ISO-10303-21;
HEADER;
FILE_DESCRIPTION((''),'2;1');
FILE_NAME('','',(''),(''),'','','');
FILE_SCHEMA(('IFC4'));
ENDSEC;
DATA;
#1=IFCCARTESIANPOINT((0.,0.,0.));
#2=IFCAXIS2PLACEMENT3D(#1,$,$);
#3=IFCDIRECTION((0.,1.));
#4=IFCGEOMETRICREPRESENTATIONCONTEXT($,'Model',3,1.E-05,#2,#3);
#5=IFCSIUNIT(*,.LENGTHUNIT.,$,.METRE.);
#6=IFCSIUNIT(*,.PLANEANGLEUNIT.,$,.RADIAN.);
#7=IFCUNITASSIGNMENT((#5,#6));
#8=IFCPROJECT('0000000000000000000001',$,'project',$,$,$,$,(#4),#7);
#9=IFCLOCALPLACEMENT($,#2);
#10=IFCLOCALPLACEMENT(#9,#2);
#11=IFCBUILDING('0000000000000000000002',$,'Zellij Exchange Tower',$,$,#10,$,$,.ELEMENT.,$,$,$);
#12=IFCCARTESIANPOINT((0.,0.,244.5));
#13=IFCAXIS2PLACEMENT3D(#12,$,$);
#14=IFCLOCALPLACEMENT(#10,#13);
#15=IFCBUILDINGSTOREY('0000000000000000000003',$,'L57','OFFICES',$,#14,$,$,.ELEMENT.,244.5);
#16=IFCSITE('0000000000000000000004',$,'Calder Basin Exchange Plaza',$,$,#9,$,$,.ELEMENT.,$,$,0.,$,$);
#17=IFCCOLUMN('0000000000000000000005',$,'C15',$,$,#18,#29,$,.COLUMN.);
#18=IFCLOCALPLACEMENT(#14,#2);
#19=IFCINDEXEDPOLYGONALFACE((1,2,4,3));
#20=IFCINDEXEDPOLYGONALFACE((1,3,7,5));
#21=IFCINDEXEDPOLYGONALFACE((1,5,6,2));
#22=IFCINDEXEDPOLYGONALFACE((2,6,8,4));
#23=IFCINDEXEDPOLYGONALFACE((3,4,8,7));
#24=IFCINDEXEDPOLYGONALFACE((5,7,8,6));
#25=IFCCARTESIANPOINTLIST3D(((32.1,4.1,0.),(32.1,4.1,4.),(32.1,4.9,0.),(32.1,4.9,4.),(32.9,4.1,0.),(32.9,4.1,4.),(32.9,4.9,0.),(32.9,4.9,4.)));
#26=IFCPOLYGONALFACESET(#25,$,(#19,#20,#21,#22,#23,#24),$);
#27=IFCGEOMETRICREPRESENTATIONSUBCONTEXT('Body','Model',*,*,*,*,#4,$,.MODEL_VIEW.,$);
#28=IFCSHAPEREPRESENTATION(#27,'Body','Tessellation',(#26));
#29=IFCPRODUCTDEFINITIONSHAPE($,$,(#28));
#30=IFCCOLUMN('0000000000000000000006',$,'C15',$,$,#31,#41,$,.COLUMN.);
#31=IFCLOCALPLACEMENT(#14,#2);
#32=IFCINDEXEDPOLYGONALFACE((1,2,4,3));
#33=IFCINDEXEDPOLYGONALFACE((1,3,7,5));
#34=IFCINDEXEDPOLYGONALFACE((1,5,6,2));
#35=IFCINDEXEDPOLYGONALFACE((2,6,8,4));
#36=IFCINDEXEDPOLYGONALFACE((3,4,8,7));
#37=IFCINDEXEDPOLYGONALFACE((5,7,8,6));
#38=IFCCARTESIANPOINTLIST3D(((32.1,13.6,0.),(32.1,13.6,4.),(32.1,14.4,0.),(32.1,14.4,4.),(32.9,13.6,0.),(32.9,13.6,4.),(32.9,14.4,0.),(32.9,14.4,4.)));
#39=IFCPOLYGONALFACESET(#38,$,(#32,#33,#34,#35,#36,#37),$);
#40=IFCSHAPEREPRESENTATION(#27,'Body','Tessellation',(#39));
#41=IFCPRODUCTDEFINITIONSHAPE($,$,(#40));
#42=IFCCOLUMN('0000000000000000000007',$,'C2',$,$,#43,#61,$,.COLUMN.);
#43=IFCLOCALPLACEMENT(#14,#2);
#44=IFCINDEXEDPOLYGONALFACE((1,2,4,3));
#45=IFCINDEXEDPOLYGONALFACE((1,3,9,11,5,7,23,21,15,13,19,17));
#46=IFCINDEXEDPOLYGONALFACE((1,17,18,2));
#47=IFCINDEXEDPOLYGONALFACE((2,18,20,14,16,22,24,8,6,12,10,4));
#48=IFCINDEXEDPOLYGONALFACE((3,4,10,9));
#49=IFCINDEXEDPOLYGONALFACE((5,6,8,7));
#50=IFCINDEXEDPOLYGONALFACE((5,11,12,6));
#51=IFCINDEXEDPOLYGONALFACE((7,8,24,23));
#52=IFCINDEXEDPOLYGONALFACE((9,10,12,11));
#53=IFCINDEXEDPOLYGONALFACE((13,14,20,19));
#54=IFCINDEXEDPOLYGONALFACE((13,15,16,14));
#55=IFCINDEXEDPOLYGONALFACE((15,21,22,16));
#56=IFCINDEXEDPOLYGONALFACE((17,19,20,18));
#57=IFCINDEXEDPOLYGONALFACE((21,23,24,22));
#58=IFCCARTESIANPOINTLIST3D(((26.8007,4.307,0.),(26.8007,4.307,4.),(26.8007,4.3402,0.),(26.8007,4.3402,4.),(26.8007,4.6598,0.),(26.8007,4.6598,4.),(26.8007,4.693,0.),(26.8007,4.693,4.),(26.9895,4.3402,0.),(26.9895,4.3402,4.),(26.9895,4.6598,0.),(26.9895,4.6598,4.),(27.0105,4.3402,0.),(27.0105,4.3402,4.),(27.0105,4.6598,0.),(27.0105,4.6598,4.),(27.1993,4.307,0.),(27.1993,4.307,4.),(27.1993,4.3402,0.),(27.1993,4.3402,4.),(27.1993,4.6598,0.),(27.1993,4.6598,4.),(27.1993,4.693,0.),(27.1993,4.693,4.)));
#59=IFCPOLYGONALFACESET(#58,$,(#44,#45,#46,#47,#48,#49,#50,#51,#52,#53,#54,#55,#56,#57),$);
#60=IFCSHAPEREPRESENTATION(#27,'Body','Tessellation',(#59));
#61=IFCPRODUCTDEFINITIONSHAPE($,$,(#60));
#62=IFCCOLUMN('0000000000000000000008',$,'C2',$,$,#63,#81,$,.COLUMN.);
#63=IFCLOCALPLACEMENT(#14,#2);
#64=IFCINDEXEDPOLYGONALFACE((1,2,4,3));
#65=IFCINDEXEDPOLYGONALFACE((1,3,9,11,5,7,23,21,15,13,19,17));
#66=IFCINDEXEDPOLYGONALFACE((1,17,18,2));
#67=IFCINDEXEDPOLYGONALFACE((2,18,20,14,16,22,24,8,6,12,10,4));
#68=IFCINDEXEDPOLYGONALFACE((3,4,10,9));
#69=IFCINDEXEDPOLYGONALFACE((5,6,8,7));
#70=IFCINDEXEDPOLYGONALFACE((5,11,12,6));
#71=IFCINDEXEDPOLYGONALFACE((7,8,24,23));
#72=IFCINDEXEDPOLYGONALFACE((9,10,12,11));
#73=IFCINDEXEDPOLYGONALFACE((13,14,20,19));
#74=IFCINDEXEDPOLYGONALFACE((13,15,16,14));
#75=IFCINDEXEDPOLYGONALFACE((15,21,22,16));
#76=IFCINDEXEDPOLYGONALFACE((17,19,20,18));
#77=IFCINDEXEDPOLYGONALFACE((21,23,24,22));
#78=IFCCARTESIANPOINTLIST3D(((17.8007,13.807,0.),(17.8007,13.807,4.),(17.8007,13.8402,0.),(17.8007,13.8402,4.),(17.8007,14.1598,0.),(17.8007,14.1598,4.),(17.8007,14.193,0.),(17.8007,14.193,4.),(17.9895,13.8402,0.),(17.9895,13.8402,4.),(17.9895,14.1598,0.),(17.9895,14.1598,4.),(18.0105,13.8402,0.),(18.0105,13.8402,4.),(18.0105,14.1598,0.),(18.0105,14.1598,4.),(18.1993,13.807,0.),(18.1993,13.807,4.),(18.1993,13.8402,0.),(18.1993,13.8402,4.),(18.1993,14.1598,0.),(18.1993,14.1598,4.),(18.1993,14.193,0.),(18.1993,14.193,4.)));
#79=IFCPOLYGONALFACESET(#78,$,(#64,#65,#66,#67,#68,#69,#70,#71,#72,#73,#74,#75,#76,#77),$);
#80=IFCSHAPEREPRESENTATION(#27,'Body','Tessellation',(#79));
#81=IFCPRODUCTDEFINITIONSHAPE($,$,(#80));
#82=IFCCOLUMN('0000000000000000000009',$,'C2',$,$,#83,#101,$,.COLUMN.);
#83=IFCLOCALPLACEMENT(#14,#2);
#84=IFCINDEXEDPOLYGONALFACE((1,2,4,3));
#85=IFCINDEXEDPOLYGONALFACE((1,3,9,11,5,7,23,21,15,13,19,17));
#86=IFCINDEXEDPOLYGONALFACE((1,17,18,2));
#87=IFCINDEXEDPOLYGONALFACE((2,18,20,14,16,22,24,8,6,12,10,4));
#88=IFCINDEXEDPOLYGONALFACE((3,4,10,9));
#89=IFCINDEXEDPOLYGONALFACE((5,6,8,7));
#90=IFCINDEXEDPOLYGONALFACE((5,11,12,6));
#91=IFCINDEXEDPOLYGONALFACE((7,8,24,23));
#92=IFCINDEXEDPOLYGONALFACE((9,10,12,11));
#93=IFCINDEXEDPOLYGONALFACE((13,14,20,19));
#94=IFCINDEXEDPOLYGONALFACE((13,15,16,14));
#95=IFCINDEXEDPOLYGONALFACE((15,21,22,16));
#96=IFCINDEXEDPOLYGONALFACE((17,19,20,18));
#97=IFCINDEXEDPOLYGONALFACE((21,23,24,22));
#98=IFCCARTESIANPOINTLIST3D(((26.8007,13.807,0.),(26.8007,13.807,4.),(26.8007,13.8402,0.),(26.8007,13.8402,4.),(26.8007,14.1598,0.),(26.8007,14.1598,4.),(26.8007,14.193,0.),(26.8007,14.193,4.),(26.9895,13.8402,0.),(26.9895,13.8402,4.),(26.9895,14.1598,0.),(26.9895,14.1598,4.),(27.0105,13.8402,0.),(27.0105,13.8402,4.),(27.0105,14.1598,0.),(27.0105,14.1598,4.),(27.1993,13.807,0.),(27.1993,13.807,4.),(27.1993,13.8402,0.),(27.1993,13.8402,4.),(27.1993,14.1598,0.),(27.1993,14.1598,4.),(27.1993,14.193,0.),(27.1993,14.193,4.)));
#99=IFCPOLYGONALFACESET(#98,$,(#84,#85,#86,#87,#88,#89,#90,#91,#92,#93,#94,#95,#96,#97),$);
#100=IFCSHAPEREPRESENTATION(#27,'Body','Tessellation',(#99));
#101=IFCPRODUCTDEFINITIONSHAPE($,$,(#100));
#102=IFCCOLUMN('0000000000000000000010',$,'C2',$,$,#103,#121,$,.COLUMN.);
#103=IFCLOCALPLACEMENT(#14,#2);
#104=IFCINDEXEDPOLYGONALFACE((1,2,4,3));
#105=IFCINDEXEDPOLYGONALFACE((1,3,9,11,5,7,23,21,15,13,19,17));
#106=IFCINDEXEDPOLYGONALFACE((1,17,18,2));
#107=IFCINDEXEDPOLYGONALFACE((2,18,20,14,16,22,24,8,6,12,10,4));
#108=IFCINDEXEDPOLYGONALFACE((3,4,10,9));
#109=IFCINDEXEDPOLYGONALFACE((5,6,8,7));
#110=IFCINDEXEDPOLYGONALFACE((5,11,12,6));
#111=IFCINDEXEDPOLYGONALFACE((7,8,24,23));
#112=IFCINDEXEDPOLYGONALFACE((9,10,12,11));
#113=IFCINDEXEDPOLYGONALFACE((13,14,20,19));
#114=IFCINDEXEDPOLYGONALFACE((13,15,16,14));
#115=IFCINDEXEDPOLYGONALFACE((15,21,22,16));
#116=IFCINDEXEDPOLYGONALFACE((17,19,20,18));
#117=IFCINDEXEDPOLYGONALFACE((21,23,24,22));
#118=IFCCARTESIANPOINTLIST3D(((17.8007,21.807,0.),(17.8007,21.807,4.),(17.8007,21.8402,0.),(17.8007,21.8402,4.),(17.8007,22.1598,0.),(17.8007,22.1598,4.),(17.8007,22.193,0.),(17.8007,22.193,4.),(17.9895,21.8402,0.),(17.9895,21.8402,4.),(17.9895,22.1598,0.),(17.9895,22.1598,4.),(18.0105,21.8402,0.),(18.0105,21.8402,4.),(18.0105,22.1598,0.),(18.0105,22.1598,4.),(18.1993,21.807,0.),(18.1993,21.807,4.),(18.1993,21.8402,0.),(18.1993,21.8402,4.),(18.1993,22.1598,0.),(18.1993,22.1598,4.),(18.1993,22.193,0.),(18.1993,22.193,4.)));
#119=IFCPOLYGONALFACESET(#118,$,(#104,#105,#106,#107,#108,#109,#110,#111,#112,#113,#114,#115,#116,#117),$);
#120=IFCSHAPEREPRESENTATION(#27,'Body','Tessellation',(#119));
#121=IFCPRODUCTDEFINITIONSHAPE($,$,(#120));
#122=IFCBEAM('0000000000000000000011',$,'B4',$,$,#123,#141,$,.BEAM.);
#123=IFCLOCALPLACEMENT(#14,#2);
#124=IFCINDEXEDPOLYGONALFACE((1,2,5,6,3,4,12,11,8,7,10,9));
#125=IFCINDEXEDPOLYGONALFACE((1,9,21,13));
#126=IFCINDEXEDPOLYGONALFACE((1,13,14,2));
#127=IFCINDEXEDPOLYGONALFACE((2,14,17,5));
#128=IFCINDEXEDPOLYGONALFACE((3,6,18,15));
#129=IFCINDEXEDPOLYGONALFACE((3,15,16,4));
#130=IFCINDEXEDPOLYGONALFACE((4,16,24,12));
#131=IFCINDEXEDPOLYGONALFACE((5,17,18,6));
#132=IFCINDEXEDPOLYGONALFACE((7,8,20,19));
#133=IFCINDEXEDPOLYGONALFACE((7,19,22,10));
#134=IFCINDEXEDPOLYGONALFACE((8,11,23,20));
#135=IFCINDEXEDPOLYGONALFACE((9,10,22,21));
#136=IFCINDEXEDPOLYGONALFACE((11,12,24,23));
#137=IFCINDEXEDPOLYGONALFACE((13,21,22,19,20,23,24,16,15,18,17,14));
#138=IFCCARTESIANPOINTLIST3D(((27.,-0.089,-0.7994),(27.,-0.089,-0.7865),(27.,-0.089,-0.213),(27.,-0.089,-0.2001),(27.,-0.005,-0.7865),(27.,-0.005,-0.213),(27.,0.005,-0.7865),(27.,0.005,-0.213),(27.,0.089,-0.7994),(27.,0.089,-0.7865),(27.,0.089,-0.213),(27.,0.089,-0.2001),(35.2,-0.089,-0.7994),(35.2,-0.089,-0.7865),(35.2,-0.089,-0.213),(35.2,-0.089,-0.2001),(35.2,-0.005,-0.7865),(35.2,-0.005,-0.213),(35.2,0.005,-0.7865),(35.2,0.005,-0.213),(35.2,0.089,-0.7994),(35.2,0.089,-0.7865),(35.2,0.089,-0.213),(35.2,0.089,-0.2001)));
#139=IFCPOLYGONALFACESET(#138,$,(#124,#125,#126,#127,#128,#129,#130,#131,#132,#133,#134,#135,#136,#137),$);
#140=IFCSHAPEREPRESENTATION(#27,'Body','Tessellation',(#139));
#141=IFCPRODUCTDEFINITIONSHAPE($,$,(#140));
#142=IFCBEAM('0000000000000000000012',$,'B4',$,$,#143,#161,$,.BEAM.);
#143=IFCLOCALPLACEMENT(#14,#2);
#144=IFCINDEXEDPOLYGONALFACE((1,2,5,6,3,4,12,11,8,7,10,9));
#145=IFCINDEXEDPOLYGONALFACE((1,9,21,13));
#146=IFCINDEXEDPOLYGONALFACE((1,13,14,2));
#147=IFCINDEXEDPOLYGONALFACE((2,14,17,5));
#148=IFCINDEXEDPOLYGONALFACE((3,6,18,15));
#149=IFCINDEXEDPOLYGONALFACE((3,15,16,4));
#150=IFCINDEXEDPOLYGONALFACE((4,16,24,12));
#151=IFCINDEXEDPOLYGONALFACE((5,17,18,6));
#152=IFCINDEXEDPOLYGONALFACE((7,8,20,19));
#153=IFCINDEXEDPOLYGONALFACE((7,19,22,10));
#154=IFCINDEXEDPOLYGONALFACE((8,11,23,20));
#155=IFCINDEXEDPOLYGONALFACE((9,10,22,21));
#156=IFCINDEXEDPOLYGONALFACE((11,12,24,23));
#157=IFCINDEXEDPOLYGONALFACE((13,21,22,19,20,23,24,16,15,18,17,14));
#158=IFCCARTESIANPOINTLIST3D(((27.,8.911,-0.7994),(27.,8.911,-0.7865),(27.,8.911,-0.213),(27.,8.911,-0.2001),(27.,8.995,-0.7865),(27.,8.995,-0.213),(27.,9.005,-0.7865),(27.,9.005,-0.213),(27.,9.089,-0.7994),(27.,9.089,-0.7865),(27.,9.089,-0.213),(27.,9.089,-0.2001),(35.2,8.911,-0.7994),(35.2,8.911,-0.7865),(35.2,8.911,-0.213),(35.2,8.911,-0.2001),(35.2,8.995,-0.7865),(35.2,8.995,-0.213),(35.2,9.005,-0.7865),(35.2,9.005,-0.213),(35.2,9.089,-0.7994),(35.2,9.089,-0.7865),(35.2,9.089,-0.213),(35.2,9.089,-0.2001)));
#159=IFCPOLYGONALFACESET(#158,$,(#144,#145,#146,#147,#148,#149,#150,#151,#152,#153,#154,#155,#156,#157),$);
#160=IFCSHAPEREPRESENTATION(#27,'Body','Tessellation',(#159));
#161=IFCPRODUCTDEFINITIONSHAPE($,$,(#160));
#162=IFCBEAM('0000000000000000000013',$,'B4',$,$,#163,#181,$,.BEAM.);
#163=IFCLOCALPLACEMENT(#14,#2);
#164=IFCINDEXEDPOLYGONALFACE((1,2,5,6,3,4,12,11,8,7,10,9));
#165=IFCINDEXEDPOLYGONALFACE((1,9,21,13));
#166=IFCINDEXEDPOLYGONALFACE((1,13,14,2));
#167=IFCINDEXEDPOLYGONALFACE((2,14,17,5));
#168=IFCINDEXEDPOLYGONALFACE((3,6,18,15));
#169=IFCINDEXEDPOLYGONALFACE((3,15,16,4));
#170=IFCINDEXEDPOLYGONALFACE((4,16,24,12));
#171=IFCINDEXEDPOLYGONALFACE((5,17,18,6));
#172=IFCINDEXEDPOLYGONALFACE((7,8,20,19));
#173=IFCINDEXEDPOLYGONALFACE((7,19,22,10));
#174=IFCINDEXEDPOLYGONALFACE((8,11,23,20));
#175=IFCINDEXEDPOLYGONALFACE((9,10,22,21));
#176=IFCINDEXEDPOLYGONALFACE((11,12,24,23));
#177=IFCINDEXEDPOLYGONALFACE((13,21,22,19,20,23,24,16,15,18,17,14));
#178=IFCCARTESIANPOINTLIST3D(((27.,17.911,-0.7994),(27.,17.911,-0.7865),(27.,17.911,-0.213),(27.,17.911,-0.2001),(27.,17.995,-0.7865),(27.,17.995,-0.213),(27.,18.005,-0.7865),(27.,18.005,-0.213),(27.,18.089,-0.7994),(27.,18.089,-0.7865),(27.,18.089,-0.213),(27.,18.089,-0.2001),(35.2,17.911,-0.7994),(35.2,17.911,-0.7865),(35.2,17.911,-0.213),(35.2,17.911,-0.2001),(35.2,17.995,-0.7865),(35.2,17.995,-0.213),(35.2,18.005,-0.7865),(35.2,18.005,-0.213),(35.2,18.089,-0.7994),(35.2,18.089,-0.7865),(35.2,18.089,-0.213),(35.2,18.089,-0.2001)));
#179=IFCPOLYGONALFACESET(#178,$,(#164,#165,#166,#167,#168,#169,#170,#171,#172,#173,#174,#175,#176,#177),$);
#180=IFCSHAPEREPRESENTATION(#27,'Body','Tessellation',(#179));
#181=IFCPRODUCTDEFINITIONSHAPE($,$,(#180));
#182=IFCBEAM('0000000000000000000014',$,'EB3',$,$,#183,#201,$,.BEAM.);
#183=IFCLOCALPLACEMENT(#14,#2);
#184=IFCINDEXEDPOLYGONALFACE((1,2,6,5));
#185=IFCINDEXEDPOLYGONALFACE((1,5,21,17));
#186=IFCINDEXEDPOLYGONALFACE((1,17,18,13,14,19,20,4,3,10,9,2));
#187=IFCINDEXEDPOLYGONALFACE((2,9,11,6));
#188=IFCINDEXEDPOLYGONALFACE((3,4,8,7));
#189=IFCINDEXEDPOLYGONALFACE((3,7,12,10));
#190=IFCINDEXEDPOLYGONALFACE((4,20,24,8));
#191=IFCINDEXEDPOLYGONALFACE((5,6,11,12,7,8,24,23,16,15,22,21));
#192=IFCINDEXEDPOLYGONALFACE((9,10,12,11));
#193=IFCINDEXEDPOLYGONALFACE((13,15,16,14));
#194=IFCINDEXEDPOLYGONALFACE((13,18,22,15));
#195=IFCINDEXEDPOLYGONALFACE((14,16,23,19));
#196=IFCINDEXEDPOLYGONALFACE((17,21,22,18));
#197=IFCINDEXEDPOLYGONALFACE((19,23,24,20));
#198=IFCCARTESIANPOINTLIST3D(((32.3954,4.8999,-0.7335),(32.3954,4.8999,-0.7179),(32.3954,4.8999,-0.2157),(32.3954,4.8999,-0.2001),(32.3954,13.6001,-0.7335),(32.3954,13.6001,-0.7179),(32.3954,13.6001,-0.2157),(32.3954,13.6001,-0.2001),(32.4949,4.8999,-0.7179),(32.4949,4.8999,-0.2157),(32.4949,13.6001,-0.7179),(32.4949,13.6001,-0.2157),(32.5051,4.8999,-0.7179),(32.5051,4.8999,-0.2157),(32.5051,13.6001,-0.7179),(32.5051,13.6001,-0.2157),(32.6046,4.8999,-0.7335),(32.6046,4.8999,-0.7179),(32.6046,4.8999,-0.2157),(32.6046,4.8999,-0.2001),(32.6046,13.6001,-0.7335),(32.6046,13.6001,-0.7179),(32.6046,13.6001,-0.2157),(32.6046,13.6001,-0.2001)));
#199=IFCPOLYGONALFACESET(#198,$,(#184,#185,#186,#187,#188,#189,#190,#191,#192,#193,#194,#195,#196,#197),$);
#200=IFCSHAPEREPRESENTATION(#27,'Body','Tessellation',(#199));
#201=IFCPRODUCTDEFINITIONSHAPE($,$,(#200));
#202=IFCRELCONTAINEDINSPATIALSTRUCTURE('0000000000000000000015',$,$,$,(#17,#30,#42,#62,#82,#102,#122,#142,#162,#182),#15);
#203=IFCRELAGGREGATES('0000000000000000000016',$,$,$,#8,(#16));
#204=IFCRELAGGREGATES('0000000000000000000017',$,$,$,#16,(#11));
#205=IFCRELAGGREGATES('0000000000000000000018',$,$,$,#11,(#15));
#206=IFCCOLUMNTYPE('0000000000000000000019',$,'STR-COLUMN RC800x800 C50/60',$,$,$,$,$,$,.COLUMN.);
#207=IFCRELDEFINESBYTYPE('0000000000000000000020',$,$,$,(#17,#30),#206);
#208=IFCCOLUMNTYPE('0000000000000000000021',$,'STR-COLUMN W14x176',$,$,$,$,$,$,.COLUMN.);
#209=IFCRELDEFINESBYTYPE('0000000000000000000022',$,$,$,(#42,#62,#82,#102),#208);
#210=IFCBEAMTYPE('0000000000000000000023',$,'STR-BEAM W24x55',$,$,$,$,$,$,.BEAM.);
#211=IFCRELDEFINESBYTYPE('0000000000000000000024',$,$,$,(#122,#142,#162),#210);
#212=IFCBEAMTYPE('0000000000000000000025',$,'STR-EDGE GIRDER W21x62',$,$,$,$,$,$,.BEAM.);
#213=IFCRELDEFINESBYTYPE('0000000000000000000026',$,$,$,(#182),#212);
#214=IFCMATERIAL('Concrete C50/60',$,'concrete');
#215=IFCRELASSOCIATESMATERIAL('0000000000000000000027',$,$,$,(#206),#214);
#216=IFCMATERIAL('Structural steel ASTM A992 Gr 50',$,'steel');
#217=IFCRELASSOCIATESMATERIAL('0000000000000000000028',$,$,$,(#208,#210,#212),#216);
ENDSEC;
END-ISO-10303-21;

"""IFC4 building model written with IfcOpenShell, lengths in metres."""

from ifc_helpers import new_model, si_unit, direction, frame, origin, origin_2d, place, context, subcontext, project, spatial, rectangle, i_section, extrude, material, material_profile, profile_set, type_object, element, save


model = new_model("IFC4")

# Units and contexts
model_context = context("Model", 3, precision=1e-05, world=origin(), true_north=direction((0.0, 1.0)))
body_context = subcontext(model_context, "Body", "Model", "MODEL_VIEW")
ifc_project = project(units=[si_unit("LENGTHUNIT", "METRE"), si_unit("PLANEANGLEUNIT", "RADIAN")], contexts=[model_context])

# Site, building, storey
site_placement = place(None, origin())
site = spatial("IfcSite", under=ifc_project, at=site_placement, Name="Calder Basin Exchange Plaza", CompositionType="ELEMENT", RefElevation=0.0)
building_placement = place(site_placement, origin())
building = spatial("IfcBuilding", under=site, at=building_placement, Name="Zellij Exchange Tower", CompositionType="ELEMENT")
storey_placement = place(building_placement, frame((0.0, 0.0, 244.5)))
storey = spatial("IfcBuildingStorey", under=building, at=storey_placement, Name="L57", Description="OFFICES", CompositionType="ELEMENT", Elevation=244.5)

# Columns
ifc_material_1 = material(Name="Concrete C50/60", Category="concrete")
ifc_material_profile_1 = material_profile(ifc_material_1, rectangle(XDim=0.8, YDim=0.8, at=origin_2d()), Name="STR-COLUMN RC800x800 C50/60")
ifc_profile_set_1 = profile_set([ifc_material_profile_1], Name="Concrete C50/60")
column_type_1 = type_object("IfcColumnType", Name="STR-COLUMN RC800x800 C50/60", PredefinedType="COLUMN", material=ifc_profile_set_1)
for number, where, z_axis, x_axis, name in (
    (1, (32.5, 4.5, 0.0), (0.0, 0.0, 1.0), (1.0, 0.0, 0.0), "C15"),
    (2, (32.5, 14.0, 0.0), (0.0, 0.0, 1.0), (1.0, 0.0, 0.0), "C15"),
):
    element("IfcColumn", number, at=place(storey_placement, frame(where, z_axis=z_axis, x_axis=x_axis)), inside=storey, type_object=column_type_1, Name=name, PredefinedType="COLUMN", context=body_context, shape_type="SweptSolid", body=[
        extrude(rectangle(XDim=0.8, YDim=0.8, at=origin_2d()), origin(), (0.0, 0.0, 1.0), 4.0),
    ])
ifc_material_2 = material(Name="Structural steel ASTM A992 Gr 50", Category="steel")
ifc_material_profile_2 = material_profile(ifc_material_2, i_section(OverallWidth=0.3987, OverallDepth=0.386, WebThickness=0.021, FlangeThickness=0.0332, at=origin_2d()), Name="W14x176")
ifc_profile_set_2 = profile_set([ifc_material_profile_2], Name="Structural steel ASTM A992 Gr 50")
column_type_2 = type_object("IfcColumnType", Name="STR-COLUMN W14x176", PredefinedType="COLUMN", material=ifc_profile_set_2)
for number, where, z_axis, x_axis, name in (
    (3, (27.0, 4.5, 0.0), (0.0, 0.0, 1.0), (1.0, 0.0, 0.0), "C2"),
    (4, (18.0, 14.0, 0.0), (0.0, 0.0, 1.0), (1.0, 0.0, 0.0), "C2"),
    (5, (27.0, 14.0, 0.0), (0.0, 0.0, 1.0), (1.0, 0.0, 0.0), "C2"),
    (6, (18.0, 22.0, 0.0), (0.0, 0.0, 1.0), (1.0, 0.0, 0.0), "C2"),
):
    element("IfcColumn", number, at=place(storey_placement, frame(where, z_axis=z_axis, x_axis=x_axis)), inside=storey, type_object=column_type_2, Name=name, PredefinedType="COLUMN", context=body_context, shape_type="SweptSolid", body=[
        extrude(i_section(OverallWidth=0.3987, OverallDepth=0.386, WebThickness=0.021, FlangeThickness=0.0332, at=origin_2d()), origin(), (0.0, 0.0, 1.0), 4.0),
    ])

# Beams
ifc_material_profile_3 = material_profile(ifc_material_2, i_section(OverallWidth=0.178, OverallDepth=0.5994, WebThickness=0.01, FlangeThickness=0.0129, at=origin_2d()), Name="W24x55")
ifc_profile_set_3 = profile_set([ifc_material_profile_3], Name="Structural steel ASTM A992 Gr 50")
beam_type_1 = type_object("IfcBeamType", Name="STR-BEAM W24x55", PredefinedType="BEAM", material=ifc_profile_set_3)
for number, where, z_axis, x_axis, name in (
    (7, (27.0, 0.0, -0.4998), (1.0, 0.0, 0.0), (0.0, 1.0, 0.0), "B4"),
    (8, (27.0, 9.0, -0.4998), (1.0, 0.0, 0.0), (0.0, 1.0, 0.0), "B4"),
    (9, (27.0, 18.0, -0.4998), (1.0, 0.0, 0.0), (0.0, 1.0, 0.0), "B4"),
):
    element("IfcBeam", number, at=place(storey_placement, frame(where, z_axis=z_axis, x_axis=x_axis)), inside=storey, type_object=beam_type_1, Name=name, PredefinedType="BEAM", context=body_context, shape_type="SweptSolid", body=[
        extrude(i_section(OverallWidth=0.178, OverallDepth=0.5994, WebThickness=0.01, FlangeThickness=0.0129, at=origin_2d()), origin(), (0.0, 0.0, 1.0), 8.2),
    ])
ifc_material_profile_4 = material_profile(ifc_material_2, i_section(OverallWidth=0.2092, OverallDepth=0.5334, WebThickness=0.0103, FlangeThickness=0.0156, at=origin_2d()), Name="W21x62")
ifc_profile_set_4 = profile_set([ifc_material_profile_4], Name="Structural steel ASTM A992 Gr 50")
beam_type_2 = type_object("IfcBeamType", Name="STR-EDGE GIRDER W21x62", PredefinedType="BEAM", material=ifc_profile_set_4)
beam_1_placement = place(storey_placement, frame((32.5, 4.8999, -0.4668), z_axis=(0.0, 1.0, 0.0), x_axis=(-1.0, 0.0, 0.0)))
element("IfcBeam", 10, at=beam_1_placement, inside=storey, type_object=beam_type_2, Name="EB3", PredefinedType="BEAM", context=body_context, shape_type="SweptSolid", body=[
    extrude(i_section(OverallWidth=0.2092, OverallDepth=0.5334, WebThickness=0.0103, FlangeThickness=0.0156, at=origin_2d()), origin(), (0.0, 0.0, 1.0), 8.7002),
])

save(model, "model.ifc")
